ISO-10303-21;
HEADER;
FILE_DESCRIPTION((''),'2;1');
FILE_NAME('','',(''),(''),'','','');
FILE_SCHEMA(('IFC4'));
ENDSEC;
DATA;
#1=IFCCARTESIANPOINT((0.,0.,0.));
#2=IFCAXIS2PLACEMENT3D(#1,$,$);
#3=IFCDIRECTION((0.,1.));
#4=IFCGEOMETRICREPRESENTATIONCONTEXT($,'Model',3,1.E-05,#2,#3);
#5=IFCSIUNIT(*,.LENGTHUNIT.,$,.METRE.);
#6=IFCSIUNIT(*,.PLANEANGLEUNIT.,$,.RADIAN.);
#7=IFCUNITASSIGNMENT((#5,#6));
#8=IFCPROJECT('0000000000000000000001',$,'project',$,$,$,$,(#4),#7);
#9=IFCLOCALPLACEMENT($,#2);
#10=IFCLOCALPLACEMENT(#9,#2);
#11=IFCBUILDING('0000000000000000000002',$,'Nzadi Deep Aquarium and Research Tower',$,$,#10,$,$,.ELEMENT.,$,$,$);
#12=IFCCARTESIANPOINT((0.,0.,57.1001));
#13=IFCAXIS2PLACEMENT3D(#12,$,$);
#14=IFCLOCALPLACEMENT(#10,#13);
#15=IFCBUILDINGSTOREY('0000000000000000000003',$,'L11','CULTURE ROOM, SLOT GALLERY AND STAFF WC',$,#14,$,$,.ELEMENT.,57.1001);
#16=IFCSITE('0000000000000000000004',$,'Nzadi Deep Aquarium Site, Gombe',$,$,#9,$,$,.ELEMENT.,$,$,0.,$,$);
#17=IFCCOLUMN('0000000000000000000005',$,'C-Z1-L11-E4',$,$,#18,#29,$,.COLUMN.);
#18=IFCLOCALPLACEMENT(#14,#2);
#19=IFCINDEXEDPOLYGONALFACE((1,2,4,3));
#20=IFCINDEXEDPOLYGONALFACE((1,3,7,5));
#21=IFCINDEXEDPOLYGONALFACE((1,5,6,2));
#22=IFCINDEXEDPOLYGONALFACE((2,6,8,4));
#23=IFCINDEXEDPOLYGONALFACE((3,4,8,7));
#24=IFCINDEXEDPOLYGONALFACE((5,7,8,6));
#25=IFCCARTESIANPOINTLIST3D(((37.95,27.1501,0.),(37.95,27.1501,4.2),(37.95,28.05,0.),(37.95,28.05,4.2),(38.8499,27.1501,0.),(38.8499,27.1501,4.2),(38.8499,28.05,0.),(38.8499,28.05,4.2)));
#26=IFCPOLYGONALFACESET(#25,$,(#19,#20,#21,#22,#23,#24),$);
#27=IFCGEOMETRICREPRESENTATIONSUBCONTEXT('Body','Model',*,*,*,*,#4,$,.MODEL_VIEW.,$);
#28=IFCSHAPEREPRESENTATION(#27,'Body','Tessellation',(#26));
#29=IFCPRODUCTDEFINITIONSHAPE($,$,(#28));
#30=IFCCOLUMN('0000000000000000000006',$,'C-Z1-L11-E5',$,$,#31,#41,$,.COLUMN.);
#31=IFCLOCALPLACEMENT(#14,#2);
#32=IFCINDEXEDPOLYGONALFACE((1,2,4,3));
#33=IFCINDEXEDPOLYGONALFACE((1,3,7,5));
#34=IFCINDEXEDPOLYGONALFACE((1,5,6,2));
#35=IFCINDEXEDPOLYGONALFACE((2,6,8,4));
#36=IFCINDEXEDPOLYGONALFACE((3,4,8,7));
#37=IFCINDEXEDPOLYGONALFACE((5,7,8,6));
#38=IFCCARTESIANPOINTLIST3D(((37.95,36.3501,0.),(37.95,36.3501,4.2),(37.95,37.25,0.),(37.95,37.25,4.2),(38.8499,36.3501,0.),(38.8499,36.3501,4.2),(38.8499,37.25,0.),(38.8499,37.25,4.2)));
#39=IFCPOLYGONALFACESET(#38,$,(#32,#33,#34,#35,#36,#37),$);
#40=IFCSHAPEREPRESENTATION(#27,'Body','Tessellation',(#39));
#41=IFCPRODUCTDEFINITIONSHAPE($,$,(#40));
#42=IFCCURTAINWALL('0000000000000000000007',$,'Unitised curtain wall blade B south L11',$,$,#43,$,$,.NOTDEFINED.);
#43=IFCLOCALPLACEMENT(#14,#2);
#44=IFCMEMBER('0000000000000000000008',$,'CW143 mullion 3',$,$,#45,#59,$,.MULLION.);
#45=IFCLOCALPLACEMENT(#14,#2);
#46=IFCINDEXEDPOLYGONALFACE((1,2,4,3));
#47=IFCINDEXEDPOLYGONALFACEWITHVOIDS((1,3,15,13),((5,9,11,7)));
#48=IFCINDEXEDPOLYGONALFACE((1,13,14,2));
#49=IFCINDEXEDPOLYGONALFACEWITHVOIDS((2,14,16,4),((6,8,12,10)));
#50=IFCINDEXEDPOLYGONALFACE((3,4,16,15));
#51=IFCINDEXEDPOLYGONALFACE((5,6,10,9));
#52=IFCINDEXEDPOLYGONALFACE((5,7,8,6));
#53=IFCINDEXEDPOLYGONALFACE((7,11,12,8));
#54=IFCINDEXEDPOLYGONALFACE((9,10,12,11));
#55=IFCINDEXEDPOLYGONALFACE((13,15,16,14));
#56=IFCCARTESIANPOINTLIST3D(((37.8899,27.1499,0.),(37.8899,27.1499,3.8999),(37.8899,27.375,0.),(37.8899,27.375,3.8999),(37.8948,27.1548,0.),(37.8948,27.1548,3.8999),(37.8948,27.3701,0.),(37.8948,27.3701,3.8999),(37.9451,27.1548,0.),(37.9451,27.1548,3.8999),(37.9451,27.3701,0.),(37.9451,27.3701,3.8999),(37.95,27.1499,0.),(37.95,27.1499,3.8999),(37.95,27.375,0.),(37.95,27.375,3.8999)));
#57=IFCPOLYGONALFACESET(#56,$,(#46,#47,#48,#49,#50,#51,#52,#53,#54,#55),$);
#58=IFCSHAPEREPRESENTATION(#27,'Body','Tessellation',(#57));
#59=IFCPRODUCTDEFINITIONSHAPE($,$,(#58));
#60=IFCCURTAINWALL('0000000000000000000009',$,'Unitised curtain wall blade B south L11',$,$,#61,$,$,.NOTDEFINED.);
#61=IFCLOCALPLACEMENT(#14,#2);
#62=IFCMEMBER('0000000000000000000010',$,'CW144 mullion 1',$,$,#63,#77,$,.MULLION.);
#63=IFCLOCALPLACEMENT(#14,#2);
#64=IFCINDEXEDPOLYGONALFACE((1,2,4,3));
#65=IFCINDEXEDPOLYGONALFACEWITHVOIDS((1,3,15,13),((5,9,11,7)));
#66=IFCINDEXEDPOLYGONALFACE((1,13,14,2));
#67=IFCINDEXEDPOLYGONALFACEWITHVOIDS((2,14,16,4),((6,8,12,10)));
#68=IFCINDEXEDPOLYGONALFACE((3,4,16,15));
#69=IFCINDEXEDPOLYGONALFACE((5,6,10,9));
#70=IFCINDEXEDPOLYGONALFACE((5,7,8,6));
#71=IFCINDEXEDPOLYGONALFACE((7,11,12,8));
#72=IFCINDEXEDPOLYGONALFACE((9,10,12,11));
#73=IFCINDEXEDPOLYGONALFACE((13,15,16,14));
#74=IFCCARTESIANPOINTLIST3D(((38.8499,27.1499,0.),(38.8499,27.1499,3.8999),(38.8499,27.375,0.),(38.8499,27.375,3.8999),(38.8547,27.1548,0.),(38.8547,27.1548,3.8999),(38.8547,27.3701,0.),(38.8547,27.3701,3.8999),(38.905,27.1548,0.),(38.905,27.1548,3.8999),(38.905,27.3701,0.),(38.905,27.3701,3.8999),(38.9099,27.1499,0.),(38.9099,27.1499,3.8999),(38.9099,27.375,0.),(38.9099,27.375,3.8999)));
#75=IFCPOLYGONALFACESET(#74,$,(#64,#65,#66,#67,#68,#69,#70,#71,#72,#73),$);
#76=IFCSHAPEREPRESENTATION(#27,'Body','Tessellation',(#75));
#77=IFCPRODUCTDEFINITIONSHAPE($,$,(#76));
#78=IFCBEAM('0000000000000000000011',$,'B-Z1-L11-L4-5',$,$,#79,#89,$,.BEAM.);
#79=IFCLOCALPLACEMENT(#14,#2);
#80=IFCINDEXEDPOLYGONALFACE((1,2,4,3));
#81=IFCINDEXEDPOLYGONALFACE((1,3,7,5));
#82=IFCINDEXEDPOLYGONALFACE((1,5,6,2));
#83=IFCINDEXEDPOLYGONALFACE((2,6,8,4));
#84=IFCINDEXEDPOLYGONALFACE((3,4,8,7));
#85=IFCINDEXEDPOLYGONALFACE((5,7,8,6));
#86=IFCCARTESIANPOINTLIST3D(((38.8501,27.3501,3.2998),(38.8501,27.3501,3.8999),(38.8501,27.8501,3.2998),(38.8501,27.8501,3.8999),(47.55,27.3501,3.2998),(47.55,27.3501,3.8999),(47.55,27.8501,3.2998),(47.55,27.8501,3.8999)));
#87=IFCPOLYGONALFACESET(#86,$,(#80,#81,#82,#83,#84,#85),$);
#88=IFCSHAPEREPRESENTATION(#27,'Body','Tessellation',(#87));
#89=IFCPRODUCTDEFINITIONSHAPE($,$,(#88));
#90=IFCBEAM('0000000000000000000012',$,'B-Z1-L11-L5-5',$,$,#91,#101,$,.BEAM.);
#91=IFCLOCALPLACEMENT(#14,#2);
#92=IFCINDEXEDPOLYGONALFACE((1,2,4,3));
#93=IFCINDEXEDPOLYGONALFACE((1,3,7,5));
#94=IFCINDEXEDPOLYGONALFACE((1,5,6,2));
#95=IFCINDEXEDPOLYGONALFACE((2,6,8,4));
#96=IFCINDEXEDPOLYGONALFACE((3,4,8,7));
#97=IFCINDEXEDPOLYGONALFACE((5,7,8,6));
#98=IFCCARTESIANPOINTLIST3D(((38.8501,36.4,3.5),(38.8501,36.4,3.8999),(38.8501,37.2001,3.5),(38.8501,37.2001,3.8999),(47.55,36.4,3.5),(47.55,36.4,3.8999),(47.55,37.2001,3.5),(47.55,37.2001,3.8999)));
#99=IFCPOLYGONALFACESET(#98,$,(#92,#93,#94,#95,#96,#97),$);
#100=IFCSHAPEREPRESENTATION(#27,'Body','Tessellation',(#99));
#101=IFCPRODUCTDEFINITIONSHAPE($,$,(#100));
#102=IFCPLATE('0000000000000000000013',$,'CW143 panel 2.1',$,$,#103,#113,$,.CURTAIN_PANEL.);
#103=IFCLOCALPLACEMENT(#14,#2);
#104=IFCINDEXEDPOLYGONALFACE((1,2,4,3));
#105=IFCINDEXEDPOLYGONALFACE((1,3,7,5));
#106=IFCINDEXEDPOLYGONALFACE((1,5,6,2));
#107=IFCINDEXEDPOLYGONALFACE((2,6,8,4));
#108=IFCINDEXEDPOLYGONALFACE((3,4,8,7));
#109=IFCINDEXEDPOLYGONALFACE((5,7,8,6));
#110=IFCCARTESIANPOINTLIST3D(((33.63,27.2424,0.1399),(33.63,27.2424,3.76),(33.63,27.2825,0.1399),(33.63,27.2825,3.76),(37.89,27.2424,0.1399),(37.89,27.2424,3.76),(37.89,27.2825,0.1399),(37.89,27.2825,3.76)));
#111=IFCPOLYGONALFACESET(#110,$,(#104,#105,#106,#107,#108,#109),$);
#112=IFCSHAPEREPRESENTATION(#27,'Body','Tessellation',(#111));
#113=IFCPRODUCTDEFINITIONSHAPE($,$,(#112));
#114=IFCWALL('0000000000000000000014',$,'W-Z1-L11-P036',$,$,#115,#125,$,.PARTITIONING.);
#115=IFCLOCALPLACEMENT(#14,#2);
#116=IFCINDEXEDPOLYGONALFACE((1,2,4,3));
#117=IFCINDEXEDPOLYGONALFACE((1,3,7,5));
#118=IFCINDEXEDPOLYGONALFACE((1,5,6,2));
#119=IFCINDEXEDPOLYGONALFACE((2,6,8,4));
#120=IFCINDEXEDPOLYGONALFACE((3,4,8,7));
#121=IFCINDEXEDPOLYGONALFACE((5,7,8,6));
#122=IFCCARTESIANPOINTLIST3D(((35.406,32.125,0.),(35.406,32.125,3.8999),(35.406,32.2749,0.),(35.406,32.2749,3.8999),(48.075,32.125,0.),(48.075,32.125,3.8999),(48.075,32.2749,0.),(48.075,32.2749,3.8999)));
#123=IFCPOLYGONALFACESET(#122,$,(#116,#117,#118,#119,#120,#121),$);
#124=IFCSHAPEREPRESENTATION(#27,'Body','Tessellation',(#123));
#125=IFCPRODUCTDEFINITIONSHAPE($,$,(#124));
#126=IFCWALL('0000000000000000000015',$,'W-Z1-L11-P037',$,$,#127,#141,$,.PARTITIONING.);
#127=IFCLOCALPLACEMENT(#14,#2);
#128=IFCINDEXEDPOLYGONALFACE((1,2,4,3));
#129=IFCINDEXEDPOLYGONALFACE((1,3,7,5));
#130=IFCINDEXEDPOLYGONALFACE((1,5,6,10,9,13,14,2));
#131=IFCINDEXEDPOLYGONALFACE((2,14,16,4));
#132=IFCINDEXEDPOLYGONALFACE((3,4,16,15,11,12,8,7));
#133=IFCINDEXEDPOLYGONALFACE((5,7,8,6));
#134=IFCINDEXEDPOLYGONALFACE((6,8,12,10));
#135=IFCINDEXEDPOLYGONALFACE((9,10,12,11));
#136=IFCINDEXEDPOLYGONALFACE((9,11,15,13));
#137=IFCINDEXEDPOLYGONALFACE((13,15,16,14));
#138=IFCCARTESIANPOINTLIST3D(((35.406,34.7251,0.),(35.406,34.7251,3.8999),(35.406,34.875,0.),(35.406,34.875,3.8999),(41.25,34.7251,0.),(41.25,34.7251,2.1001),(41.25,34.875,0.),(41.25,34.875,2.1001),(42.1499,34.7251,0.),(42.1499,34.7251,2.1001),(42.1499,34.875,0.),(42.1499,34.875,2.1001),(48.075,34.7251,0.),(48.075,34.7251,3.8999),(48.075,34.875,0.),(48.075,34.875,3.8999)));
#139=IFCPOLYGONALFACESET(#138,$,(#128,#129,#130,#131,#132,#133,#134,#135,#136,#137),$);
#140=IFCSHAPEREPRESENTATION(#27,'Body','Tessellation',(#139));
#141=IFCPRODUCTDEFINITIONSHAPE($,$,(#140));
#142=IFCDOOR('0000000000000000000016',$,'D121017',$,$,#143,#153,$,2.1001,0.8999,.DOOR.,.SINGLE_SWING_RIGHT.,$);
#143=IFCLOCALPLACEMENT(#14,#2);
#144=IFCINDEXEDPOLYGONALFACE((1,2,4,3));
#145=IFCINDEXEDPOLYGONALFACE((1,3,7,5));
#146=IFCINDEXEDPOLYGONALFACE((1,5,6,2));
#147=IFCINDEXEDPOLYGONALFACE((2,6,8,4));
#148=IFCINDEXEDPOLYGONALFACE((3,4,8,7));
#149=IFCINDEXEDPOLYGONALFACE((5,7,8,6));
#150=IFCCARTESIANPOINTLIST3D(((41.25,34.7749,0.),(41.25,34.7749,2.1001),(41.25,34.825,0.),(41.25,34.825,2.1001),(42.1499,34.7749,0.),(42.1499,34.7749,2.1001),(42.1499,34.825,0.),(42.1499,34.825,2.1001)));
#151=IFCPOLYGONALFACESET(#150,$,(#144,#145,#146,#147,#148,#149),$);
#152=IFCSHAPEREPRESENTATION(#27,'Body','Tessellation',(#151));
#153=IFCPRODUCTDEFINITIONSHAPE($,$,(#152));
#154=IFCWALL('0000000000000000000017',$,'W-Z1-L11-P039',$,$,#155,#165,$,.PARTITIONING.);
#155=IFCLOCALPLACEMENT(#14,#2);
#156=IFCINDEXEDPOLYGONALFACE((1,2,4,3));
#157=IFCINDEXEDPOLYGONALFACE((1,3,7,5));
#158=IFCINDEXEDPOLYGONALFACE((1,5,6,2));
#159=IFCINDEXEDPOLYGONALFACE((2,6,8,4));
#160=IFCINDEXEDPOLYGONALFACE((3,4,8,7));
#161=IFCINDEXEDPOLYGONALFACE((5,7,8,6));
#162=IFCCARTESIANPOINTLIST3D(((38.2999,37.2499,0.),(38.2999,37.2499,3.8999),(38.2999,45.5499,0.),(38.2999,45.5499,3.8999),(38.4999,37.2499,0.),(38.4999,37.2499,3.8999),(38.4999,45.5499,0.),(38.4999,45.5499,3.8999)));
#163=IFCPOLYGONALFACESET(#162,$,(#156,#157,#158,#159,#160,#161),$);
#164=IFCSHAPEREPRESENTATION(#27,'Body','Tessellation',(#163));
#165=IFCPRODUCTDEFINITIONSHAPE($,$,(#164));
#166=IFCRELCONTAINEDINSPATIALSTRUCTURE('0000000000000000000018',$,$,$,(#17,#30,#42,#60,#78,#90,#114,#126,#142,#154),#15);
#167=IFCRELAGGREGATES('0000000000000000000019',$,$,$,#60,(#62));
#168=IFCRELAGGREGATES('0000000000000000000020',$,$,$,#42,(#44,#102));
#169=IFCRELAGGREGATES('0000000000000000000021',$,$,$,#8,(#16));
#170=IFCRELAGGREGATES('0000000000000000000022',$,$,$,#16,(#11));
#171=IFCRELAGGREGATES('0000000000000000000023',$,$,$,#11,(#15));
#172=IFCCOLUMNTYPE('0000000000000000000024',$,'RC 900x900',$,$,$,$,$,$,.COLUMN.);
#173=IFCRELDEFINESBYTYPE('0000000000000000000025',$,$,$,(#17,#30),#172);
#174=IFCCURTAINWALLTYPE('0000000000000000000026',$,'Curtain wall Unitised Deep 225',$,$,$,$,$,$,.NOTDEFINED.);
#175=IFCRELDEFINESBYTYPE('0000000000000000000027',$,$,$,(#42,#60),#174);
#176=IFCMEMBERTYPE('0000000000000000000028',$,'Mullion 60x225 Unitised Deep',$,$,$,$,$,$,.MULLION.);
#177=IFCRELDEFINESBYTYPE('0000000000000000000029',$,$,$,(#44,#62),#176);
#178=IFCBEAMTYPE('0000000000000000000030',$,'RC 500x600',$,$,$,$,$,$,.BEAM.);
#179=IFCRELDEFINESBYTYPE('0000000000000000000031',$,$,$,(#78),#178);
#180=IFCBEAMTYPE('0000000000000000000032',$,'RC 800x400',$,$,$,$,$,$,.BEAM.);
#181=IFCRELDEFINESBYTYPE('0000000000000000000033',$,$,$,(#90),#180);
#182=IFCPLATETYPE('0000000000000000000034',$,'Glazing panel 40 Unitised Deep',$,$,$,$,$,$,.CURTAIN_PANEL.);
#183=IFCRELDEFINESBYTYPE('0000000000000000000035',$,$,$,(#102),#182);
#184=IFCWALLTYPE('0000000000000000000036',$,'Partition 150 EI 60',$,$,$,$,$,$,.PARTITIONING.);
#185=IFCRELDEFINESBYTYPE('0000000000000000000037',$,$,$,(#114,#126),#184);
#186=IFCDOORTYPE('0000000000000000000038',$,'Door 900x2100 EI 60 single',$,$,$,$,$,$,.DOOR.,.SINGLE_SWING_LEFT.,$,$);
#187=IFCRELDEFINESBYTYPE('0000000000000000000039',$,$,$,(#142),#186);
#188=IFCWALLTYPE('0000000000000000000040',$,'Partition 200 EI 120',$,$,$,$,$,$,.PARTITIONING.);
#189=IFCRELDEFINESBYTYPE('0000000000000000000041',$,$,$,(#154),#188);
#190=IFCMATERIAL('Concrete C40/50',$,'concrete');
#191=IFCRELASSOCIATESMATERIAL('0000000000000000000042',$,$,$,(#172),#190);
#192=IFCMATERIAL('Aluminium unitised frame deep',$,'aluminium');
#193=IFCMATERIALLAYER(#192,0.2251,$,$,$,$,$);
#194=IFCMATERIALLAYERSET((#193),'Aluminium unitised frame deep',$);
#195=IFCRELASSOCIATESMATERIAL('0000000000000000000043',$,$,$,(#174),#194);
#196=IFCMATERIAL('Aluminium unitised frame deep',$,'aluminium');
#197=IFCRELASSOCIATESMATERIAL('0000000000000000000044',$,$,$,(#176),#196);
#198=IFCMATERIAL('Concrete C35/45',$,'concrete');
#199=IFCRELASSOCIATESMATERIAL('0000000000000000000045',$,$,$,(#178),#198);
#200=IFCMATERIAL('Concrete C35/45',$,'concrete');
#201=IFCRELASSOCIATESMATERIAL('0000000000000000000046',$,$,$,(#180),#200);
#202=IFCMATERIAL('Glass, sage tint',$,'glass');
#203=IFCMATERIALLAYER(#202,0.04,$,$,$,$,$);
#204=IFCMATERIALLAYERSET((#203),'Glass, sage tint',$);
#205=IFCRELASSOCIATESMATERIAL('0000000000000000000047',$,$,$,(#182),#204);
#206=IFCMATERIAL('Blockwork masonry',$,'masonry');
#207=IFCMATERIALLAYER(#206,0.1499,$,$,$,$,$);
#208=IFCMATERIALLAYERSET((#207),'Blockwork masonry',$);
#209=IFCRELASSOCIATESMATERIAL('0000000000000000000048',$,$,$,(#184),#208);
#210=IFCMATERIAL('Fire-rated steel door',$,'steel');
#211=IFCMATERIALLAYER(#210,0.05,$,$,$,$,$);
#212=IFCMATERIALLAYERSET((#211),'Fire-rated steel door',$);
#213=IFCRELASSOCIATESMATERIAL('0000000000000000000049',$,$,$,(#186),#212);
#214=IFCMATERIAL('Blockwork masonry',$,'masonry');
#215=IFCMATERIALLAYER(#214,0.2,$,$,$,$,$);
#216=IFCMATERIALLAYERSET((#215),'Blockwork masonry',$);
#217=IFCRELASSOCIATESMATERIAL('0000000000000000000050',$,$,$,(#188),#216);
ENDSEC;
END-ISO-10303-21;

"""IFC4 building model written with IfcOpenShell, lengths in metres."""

from ifc_helpers import new_model, si_unit, direction, frame, frame_2d, origin, origin_2d, place, context, subcontext, project, spatial, rectangle, hollow_rectangle, extrude, material, layer, layer_set, material_profile, profile_set, type_object, element, fill, aggregate, save


model = new_model("IFC4")

# Units and contexts
model_context = context("Model", 3, precision=1e-05, world=origin(), true_north=direction((0.0, 1.0)))
body_context = subcontext(model_context, "Body", "Model", "MODEL_VIEW")
ifc_project = project(units=[si_unit("LENGTHUNIT", "METRE"), si_unit("PLANEANGLEUNIT", "RADIAN")], contexts=[model_context])

# Site, building, storey
site_placement = place(None, origin())
site = spatial("IfcSite", under=ifc_project, at=site_placement, Name="Nzadi Deep Aquarium Site, Gombe", CompositionType="ELEMENT", RefElevation=0.0)
building_placement = place(site_placement, origin())
building = spatial("IfcBuilding", under=site, at=building_placement, Name="Nzadi Deep Aquarium and Research Tower", CompositionType="ELEMENT")
storey_placement = place(building_placement, frame((0.0, 0.0, 57.1001)))
storey = spatial("IfcBuildingStorey", under=building, at=storey_placement, Name="L11", Description="CULTURE ROOM, SLOT GALLERY AND STAFF WC", CompositionType="ELEMENT", Elevation=57.1001)

# Columns
ifc_material_1 = material(Name="Concrete C40/50", Category="concrete")
ifc_material_profile_1 = material_profile(ifc_material_1, rectangle(XDim=0.8999, YDim=0.8999, at=origin_2d()))
ifc_profile_set_1 = profile_set([ifc_material_profile_1], Name="Concrete C40/50")
column_type = type_object("IfcColumnType", Name="RC 900x900", PredefinedType="COLUMN", material=ifc_profile_set_1)
for number, where, z_axis, x_axis, name in (
    (1, (38.3999, 27.6001, 0.0), (0.0, 0.0, 1.0), (1.0, 0.0, 0.0), "C-Z1-L11-E4"),
    (2, (38.3999, 36.8, 0.0), (0.0, 0.0, 1.0), (1.0, 0.0, 0.0), "C-Z1-L11-E5"),
):
    element("IfcColumn", number, at=place(storey_placement, frame(where, z_axis=z_axis, x_axis=x_axis)), inside=storey, type_object=column_type, Name=name, PredefinedType="COLUMN", context=body_context, shape_type="SweptSolid", body=[
        extrude(rectangle(XDim=0.8999, YDim=0.8999, at=origin_2d()), origin(), (0.0, 0.0, 1.0), 4.2),
    ])

# Curtain walls, members
ifc_material_2 = material(Name="Aluminium unitised frame deep", Category="aluminium")
ifc_layer_1 = layer(ifc_material_2, 0.2251)
ifc_layer_set_1 = layer_set([ifc_layer_1], Name="Aluminium unitised frame deep")
curtain_wall_type = type_object("IfcCurtainWallType", Name="Curtain wall Unitised Deep 225", PredefinedType="NOTDEFINED", material=ifc_layer_set_1)
curtain_wall_1_placement = place(storey_placement, origin())
curtain_wall_1 = element("IfcCurtainWall", 3, at=curtain_wall_1_placement, inside=storey, type_object=curtain_wall_type, Name="Unitised curtain wall blade B south L11", PredefinedType="NOTDEFINED")
ifc_material_3 = material(Name="Aluminium unitised frame deep", Category="aluminium")
ifc_material_profile_2 = material_profile(ifc_material_3, hollow_rectangle(XDim=0.2251, YDim=0.0601, WallThickness=0.0049, at=origin_2d()))
ifc_profile_set_2 = profile_set([ifc_material_profile_2], Name="Aluminium unitised frame deep")
member_type = type_object("IfcMemberType", Name="Mullion 60x225 Unitised Deep", PredefinedType="MULLION", material=ifc_profile_set_2)
member_1_placement = place(storey_placement, frame((37.9199, 27.2625, 0.0), z_axis=(0.0, 0.0, 1.0), x_axis=(0.0, 1.0, 0.0)))
member_1 = element("IfcMember", 4, at=member_1_placement, type_object=member_type, Name="CW143 mullion 3", PredefinedType="MULLION", context=body_context, shape_type="SweptSolid", body=[
    extrude(hollow_rectangle(XDim=0.2251, YDim=0.0601, WallThickness=0.0049, at=origin_2d()), origin(), (0.0, 0.0, 1.0), 3.8999),
])
curtain_wall_2_placement = place(storey_placement, origin())
curtain_wall_2 = element("IfcCurtainWall", 5, at=curtain_wall_2_placement, inside=storey, type_object=curtain_wall_type, Name="Unitised curtain wall blade B south L11", PredefinedType="NOTDEFINED")
member_2_placement = place(storey_placement, frame((38.8799, 27.2625, 0.0), z_axis=(0.0, 0.0, 1.0), x_axis=(0.0, 1.0, 0.0)))
member_2 = element("IfcMember", 6, at=member_2_placement, type_object=member_type, Name="CW144 mullion 1", PredefinedType="MULLION", context=body_context, shape_type="SweptSolid", body=[
    extrude(hollow_rectangle(XDim=0.2251, YDim=0.0601, WallThickness=0.0049, at=origin_2d()), origin(), (0.0, 0.0, 1.0), 3.8999),
])
aggregate(curtain_wall_2, [member_2])

# Beams
ifc_material_4 = material(Name="Concrete C35/45", Category="concrete")
ifc_material_profile_3 = material_profile(ifc_material_4, rectangle(XDim=0.5, YDim=0.6001, at=origin_2d()))
ifc_profile_set_3 = profile_set([ifc_material_profile_3], Name="Concrete C35/45")
beam_type_1 = type_object("IfcBeamType", Name="RC 500x600", PredefinedType="BEAM", material=ifc_profile_set_3)
beam_1_placement = place(storey_placement, frame((38.8501, 27.6001, 3.5999), z_axis=(1.0, 0.0, 0.0), x_axis=(0.0, 1.0, 0.0)))
element("IfcBeam", 7, at=beam_1_placement, inside=storey, type_object=beam_type_1, Name="B-Z1-L11-L4-5", PredefinedType="BEAM", context=body_context, shape_type="SweptSolid", body=[
    extrude(rectangle(XDim=0.5, YDim=0.6001, at=origin_2d()), origin(), (0.0, 0.0, 1.0), 8.7),
])
ifc_material_5 = material(Name="Concrete C35/45", Category="concrete")
ifc_material_profile_4 = material_profile(ifc_material_5, rectangle(XDim=0.8, YDim=0.3999, at=origin_2d()))
ifc_profile_set_4 = profile_set([ifc_material_profile_4], Name="Concrete C35/45")
beam_type_2 = type_object("IfcBeamType", Name="RC 800x400", PredefinedType="BEAM", material=ifc_profile_set_4)
beam_2_placement = place(storey_placement, frame((38.8501, 36.8, 3.7), z_axis=(1.0, 0.0, 0.0), x_axis=(0.0, 1.0, 0.0)))
element("IfcBeam", 8, at=beam_2_placement, inside=storey, type_object=beam_type_2, Name="B-Z1-L11-L5-5", PredefinedType="BEAM", context=body_context, shape_type="SweptSolid", body=[
    extrude(rectangle(XDim=0.8, YDim=0.3999, at=origin_2d()), origin(), (0.0, 0.0, 1.0), 8.7),
])

# Plate
ifc_material_6 = material(Name="Glass, sage tint", Category="glass")
ifc_layer_2 = layer(ifc_material_6, 0.04)
ifc_layer_set_2 = layer_set([ifc_layer_2], Name="Glass, sage tint")
plate_type = type_object("IfcPlateType", Name="Glazing panel 40 Unitised Deep", PredefinedType="CURTAIN_PANEL", material=ifc_layer_set_2)
plate_placement = place(storey_placement, frame((35.76, 27.2625, 0.1399), z_axis=(0.0, 0.0, 1.0), x_axis=(1.0, 0.0, 0.0)))
plate = element("IfcPlate", 9, at=plate_placement, type_object=plate_type, Name="CW143 panel 2.1", PredefinedType="CURTAIN_PANEL", context=body_context, shape_type="SweptSolid", body=[
    extrude(rectangle(XDim=4.26, YDim=0.04, at=origin_2d()), origin(), (0.0, 0.0, 1.0), 3.6201),
])
aggregate(curtain_wall_1, [member_1, plate])

# Wall
ifc_material_7 = material(Name="Blockwork masonry", Category="masonry")
ifc_layer_3 = layer(ifc_material_7, 0.1499)
ifc_layer_set_3 = layer_set([ifc_layer_3], Name="Blockwork masonry")
wall_type_1 = type_object("IfcWallType", Name="Partition 150 EI 60", PredefinedType="PARTITIONING", material=ifc_layer_set_3)
wall_1_placement = place(storey_placement, frame((35.406, 32.2, 0.0), z_axis=(0.0, 0.0, 1.0), x_axis=(1.0, 0.0, 0.0)))
element("IfcWall", 10, at=wall_1_placement, inside=storey, type_object=wall_type_1, Name="W-Z1-L11-P036", PredefinedType="PARTITIONING", context=body_context, shape_type="SweptSolid", body=[
    extrude(rectangle(XDim=12.6689, YDim=0.1499, at=frame_2d((6.3345, 0.0))), origin(), (0.0, 0.0, 1.0), 3.8999),
])

# Wall, opening, door
wall_2_placement = place(storey_placement, frame((35.406, 34.8, 0.0), z_axis=(0.0, 0.0, 1.0), x_axis=(1.0, 0.0, 0.0)))
wall_2 = element("IfcWall", 11, at=wall_2_placement, inside=storey, type_object=wall_type_1, Name="W-Z1-L11-P037", PredefinedType="PARTITIONING", context=body_context, shape_type="SweptSolid", body=[
    extrude(rectangle(XDim=12.6689, YDim=0.1499, at=frame_2d((6.3345, 0.0))), origin(), (0.0, 0.0, 1.0), 3.8999),
])
opening_1_placement = place(wall_2_placement, frame((5.844, 0.0, 0.0)))
opening_1 = element("IfcOpeningElement", 12, at=opening_1_placement, cuts=wall_2, PredefinedType="OPENING", context=body_context, shape_type="SweptSolid", body=[
    extrude(rectangle(XDim=0.8999, YDim=2.1001, at=frame_2d((0.45, 1.05))), frame((0.0, 0.085, 0.0), z_axis=(0.0, -1.0, 0.0), x_axis=(1.0, 0.0, 0.0)), (0.0, 0.0, 1.0), 0.1699),
])
ifc_material_8 = material(Name="Fire-rated steel door", Category="steel")
ifc_layer_4 = layer(ifc_material_8, 0.05)
ifc_layer_set_4 = layer_set([ifc_layer_4], Name="Fire-rated steel door")
door_type_1 = type_object("IfcDoorType", Name="Door 900x2100 EI 60 single", OperationType="SINGLE_SWING_LEFT", PredefinedType="DOOR", material=ifc_layer_set_4)
door_1_placement = place(opening_1_placement, origin())
door_1 = element("IfcDoor", 13, at=door_1_placement, inside=storey, type_object=door_type_1, Name="D121017", OperationType="SINGLE_SWING_RIGHT", OverallHeight=2.1001, OverallWidth=0.8999, PredefinedType="DOOR", context=body_context, shape_type="SweptSolid", body=[
    extrude(rectangle(XDim=0.8999, YDim=2.1001, at=frame_2d((0.45, 1.05))), frame((0.0, 0.0249, 0.0), z_axis=(0.0, -1.0, 0.0), x_axis=(1.0, 0.0, 0.0)), (0.0, 0.0, 1.0), 0.05),
])
fill(opening_1, door_1)

# Wall
ifc_material_9 = material(Name="Blockwork masonry", Category="masonry")
ifc_layer_5 = layer(ifc_material_9, 0.2)
ifc_layer_set_5 = layer_set([ifc_layer_5], Name="Blockwork masonry")
wall_type_2 = type_object("IfcWallType", Name="Partition 200 EI 120", PredefinedType="PARTITIONING", material=ifc_layer_set_5)
wall_3_placement = place(storey_placement, frame((38.3999, 37.25, 0.0), z_axis=(0.0, 0.0, 1.0), x_axis=(0.0, 1.0, 0.0)))
element("IfcWall", 14, at=wall_3_placement, inside=storey, type_object=wall_type_2, Name="W-Z1-L11-P039", PredefinedType="PARTITIONING", context=body_context, shape_type="SweptSolid", body=[
    extrude(rectangle(XDim=8.3, YDim=0.2, at=frame_2d((4.1499, 0.0))), origin(), (0.0, 0.0, 1.0), 3.8999),
])

save(model, "model.ifc")
